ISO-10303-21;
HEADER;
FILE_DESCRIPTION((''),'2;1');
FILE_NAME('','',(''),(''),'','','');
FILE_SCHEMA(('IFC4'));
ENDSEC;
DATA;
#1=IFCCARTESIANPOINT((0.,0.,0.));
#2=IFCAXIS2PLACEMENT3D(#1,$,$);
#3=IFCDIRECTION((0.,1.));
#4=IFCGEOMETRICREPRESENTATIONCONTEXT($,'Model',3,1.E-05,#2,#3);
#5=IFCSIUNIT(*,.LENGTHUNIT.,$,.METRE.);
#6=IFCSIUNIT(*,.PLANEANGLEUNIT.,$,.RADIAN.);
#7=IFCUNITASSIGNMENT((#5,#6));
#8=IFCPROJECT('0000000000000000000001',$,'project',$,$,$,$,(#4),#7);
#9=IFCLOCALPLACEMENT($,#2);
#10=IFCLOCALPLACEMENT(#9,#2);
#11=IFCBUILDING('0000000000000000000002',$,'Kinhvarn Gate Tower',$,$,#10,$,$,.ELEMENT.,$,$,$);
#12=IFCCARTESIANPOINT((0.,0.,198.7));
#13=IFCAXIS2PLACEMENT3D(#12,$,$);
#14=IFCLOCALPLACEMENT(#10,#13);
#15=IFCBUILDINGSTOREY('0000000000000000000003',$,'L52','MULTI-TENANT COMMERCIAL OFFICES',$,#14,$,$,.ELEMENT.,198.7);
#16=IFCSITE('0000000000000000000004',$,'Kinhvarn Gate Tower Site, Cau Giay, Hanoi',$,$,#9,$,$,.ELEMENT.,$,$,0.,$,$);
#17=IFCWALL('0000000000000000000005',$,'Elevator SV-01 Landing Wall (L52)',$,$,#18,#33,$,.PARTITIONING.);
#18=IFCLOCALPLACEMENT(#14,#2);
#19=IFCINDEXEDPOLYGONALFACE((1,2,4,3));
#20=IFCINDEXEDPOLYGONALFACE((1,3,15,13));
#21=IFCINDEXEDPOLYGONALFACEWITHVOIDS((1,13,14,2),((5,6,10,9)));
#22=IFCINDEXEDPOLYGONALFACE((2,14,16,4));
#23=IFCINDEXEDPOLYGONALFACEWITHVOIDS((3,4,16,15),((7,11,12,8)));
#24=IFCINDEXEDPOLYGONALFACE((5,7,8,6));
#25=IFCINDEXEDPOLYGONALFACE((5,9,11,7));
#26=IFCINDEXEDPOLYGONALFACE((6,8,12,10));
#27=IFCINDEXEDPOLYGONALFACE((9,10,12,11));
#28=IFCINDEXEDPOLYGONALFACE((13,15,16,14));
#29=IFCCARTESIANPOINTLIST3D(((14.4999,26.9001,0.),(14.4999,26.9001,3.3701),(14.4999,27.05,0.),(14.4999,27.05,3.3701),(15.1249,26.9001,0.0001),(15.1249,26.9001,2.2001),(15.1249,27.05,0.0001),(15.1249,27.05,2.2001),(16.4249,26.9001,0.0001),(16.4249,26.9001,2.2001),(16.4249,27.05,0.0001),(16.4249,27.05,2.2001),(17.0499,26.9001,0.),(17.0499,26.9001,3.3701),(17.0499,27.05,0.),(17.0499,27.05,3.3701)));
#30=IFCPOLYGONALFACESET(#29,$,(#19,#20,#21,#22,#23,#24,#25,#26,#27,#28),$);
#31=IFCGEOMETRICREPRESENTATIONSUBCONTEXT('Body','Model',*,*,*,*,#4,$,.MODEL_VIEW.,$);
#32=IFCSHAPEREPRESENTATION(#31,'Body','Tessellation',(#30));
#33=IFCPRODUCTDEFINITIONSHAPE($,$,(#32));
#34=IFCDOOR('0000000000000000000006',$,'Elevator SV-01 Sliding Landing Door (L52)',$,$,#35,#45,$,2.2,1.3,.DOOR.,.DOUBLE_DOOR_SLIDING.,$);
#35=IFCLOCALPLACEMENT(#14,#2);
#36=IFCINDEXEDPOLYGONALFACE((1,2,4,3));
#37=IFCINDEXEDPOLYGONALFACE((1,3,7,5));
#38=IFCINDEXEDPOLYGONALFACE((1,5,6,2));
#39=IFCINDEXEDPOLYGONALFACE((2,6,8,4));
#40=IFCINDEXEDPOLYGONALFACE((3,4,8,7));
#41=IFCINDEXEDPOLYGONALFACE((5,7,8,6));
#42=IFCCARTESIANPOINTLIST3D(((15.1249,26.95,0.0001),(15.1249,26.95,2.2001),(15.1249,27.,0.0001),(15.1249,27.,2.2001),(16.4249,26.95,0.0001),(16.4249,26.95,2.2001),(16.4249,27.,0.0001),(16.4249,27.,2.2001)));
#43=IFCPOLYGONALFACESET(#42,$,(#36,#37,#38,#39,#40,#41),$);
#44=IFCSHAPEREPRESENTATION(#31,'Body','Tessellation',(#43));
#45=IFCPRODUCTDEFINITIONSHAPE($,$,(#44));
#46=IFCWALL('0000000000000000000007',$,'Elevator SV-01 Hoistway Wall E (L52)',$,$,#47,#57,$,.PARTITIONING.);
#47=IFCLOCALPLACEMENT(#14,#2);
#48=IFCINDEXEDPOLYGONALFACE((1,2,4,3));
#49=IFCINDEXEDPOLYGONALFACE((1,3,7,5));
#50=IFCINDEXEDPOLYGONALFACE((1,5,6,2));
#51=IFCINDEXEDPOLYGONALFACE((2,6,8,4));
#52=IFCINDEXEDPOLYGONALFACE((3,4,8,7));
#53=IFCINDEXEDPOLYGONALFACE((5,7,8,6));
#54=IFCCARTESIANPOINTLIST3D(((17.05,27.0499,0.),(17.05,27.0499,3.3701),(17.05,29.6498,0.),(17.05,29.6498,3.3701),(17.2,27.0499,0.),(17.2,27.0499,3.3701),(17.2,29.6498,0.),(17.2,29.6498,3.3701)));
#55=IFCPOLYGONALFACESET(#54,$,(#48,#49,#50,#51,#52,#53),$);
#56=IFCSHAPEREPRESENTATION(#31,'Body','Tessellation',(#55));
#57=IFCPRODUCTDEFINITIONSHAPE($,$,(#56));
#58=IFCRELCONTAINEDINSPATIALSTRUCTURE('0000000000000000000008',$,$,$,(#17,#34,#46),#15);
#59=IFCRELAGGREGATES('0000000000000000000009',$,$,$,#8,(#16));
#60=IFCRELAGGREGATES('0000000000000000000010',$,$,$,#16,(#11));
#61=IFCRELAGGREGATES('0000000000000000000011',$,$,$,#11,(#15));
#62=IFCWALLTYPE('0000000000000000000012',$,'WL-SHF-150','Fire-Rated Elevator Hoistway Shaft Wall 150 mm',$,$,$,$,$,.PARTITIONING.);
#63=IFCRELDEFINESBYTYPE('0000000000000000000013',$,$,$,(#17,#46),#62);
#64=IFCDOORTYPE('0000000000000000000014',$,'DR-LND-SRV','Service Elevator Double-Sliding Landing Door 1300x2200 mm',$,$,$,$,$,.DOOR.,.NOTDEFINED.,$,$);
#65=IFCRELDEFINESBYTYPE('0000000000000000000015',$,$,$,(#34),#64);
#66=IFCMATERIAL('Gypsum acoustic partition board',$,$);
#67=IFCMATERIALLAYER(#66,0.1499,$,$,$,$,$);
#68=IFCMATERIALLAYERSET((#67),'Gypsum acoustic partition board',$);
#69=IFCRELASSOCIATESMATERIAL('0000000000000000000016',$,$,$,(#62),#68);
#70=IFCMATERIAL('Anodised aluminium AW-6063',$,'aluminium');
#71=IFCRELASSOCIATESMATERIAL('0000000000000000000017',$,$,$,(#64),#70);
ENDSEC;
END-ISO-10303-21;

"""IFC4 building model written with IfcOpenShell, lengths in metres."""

from ifc_helpers import new_model, si_unit, direction, frame, frame_2d, origin, place, context, subcontext, project, spatial, rectangle, extrude, material, layer, layer_set, type_object, element, fill, save


model = new_model("IFC4")

# Units and contexts
model_context = context("Model", 3, precision=1e-05, world=origin(), true_north=direction((0.0, 1.0)))
body_context = subcontext(model_context, "Body", "Model", "MODEL_VIEW")
ifc_project = project(units=[si_unit("LENGTHUNIT", "METRE"), si_unit("PLANEANGLEUNIT", "RADIAN")], contexts=[model_context])

# Site, building, storey
site_placement = place(None, origin())
site = spatial("IfcSite", under=ifc_project, at=site_placement, Name="Kinhvarn Gate Tower Site, Cau Giay, Hanoi", CompositionType="ELEMENT", RefElevation=0.0)
building_placement = place(site_placement, origin())
building = spatial("IfcBuilding", under=site, at=building_placement, Name="Kinhvarn Gate Tower", CompositionType="ELEMENT")
storey_placement = place(building_placement, frame((0.0, 0.0, 198.7)))
storey = spatial("IfcBuildingStorey", under=building, at=storey_placement, Name="L52", Description="MULTI-TENANT COMMERCIAL OFFICES", CompositionType="ELEMENT", Elevation=198.7)

# Shared definitions
ifc_material_1 = material(Name="Anodised aluminium AW-6063", Category="aluminium")
ifc_material_2 = material(Name="Gypsum acoustic partition board")

# Shared definitions
ifc_layer_1 = layer(ifc_material_2, 0.1499)
ifc_layer_set_1 = layer_set([ifc_layer_1], Name="Gypsum acoustic partition board")
wall_type_1 = type_object("IfcWallType", Name="WL-SHF-150", Description="Fire-Rated Elevator Hoistway Shaft Wall 150 mm", PredefinedType="PARTITIONING", material=ifc_layer_set_1)

# Wall, opening, door
wall_1_placement = place(storey_placement, frame((14.5, 26.9751, 0.0), z_axis=(0.0, 0.0, 1.0), x_axis=(1.0, 0.0, 0.0)))
wall_1 = element("IfcWall", 1, at=wall_1_placement, inside=storey, type_object=wall_type_1, Name="Elevator SV-01 Landing Wall (L52)", PredefinedType="PARTITIONING", context=body_context, shape_type="SweptSolid", body=[
    extrude(rectangle(XDim=2.55, YDim=0.1499, at=frame_2d((1.2749, 0.0))), origin(), (0.0, 0.0, 1.0), 3.3701),
])
opening_1_placement = place(wall_1_placement, frame((0.625, 0.0, 0.0)))
opening_1 = element("IfcOpeningElement", 2, at=opening_1_placement, cuts=wall_1, PredefinedType="OPENING", context=body_context, shape_type="SweptSolid", body=[
    extrude(rectangle(XDim=1.3, YDim=2.2, at=frame_2d((0.6499, 1.1001))), frame((0.0, 0.085, 0.0), z_axis=(0.0, -1.0, 0.0), x_axis=(1.0, 0.0, 0.0)), (0.0, 0.0, 1.0), 0.1699),
])
door_type_1 = type_object("IfcDoorType", Name="DR-LND-SRV", Description="Service Elevator Double-Sliding Landing Door 1300x2200 mm", OperationType="NOTDEFINED", PredefinedType="DOOR", material=ifc_material_1)
door_1_placement = place(opening_1_placement, origin())
door_1 = element("IfcDoor", 3, at=door_1_placement, inside=storey, type_object=door_type_1, Name="Elevator SV-01 Sliding Landing Door (L52)", OperationType="DOUBLE_DOOR_SLIDING", OverallHeight=2.2, OverallWidth=1.3, PredefinedType="DOOR", context=body_context, shape_type="SweptSolid", body=[
    extrude(rectangle(XDim=1.3, YDim=2.2, at=frame_2d((0.6499, 1.1001))), frame((0.0, 0.0249, 0.0), z_axis=(0.0, -1.0, 0.0), x_axis=(1.0, 0.0, 0.0)), (0.0, 0.0, 1.0), 0.05),
])
fill(opening_1, door_1)

# Wall
wall_2_placement = place(storey_placement, frame((17.125, 27.05, 0.0), z_axis=(0.0, 0.0, 1.0), x_axis=(0.0, 1.0, 0.0)))
element("IfcWall", 4, at=wall_2_placement, inside=storey, type_object=wall_type_1, Name="Elevator SV-01 Hoistway Wall E (L52)", PredefinedType="PARTITIONING", context=body_context, shape_type="SweptSolid", body=[
    extrude(rectangle(XDim=2.5999, YDim=0.1499, at=frame_2d((1.2998, 0.0))), origin(), (0.0, 0.0, 1.0), 3.3701),
])

save(model, "model.ifc")
